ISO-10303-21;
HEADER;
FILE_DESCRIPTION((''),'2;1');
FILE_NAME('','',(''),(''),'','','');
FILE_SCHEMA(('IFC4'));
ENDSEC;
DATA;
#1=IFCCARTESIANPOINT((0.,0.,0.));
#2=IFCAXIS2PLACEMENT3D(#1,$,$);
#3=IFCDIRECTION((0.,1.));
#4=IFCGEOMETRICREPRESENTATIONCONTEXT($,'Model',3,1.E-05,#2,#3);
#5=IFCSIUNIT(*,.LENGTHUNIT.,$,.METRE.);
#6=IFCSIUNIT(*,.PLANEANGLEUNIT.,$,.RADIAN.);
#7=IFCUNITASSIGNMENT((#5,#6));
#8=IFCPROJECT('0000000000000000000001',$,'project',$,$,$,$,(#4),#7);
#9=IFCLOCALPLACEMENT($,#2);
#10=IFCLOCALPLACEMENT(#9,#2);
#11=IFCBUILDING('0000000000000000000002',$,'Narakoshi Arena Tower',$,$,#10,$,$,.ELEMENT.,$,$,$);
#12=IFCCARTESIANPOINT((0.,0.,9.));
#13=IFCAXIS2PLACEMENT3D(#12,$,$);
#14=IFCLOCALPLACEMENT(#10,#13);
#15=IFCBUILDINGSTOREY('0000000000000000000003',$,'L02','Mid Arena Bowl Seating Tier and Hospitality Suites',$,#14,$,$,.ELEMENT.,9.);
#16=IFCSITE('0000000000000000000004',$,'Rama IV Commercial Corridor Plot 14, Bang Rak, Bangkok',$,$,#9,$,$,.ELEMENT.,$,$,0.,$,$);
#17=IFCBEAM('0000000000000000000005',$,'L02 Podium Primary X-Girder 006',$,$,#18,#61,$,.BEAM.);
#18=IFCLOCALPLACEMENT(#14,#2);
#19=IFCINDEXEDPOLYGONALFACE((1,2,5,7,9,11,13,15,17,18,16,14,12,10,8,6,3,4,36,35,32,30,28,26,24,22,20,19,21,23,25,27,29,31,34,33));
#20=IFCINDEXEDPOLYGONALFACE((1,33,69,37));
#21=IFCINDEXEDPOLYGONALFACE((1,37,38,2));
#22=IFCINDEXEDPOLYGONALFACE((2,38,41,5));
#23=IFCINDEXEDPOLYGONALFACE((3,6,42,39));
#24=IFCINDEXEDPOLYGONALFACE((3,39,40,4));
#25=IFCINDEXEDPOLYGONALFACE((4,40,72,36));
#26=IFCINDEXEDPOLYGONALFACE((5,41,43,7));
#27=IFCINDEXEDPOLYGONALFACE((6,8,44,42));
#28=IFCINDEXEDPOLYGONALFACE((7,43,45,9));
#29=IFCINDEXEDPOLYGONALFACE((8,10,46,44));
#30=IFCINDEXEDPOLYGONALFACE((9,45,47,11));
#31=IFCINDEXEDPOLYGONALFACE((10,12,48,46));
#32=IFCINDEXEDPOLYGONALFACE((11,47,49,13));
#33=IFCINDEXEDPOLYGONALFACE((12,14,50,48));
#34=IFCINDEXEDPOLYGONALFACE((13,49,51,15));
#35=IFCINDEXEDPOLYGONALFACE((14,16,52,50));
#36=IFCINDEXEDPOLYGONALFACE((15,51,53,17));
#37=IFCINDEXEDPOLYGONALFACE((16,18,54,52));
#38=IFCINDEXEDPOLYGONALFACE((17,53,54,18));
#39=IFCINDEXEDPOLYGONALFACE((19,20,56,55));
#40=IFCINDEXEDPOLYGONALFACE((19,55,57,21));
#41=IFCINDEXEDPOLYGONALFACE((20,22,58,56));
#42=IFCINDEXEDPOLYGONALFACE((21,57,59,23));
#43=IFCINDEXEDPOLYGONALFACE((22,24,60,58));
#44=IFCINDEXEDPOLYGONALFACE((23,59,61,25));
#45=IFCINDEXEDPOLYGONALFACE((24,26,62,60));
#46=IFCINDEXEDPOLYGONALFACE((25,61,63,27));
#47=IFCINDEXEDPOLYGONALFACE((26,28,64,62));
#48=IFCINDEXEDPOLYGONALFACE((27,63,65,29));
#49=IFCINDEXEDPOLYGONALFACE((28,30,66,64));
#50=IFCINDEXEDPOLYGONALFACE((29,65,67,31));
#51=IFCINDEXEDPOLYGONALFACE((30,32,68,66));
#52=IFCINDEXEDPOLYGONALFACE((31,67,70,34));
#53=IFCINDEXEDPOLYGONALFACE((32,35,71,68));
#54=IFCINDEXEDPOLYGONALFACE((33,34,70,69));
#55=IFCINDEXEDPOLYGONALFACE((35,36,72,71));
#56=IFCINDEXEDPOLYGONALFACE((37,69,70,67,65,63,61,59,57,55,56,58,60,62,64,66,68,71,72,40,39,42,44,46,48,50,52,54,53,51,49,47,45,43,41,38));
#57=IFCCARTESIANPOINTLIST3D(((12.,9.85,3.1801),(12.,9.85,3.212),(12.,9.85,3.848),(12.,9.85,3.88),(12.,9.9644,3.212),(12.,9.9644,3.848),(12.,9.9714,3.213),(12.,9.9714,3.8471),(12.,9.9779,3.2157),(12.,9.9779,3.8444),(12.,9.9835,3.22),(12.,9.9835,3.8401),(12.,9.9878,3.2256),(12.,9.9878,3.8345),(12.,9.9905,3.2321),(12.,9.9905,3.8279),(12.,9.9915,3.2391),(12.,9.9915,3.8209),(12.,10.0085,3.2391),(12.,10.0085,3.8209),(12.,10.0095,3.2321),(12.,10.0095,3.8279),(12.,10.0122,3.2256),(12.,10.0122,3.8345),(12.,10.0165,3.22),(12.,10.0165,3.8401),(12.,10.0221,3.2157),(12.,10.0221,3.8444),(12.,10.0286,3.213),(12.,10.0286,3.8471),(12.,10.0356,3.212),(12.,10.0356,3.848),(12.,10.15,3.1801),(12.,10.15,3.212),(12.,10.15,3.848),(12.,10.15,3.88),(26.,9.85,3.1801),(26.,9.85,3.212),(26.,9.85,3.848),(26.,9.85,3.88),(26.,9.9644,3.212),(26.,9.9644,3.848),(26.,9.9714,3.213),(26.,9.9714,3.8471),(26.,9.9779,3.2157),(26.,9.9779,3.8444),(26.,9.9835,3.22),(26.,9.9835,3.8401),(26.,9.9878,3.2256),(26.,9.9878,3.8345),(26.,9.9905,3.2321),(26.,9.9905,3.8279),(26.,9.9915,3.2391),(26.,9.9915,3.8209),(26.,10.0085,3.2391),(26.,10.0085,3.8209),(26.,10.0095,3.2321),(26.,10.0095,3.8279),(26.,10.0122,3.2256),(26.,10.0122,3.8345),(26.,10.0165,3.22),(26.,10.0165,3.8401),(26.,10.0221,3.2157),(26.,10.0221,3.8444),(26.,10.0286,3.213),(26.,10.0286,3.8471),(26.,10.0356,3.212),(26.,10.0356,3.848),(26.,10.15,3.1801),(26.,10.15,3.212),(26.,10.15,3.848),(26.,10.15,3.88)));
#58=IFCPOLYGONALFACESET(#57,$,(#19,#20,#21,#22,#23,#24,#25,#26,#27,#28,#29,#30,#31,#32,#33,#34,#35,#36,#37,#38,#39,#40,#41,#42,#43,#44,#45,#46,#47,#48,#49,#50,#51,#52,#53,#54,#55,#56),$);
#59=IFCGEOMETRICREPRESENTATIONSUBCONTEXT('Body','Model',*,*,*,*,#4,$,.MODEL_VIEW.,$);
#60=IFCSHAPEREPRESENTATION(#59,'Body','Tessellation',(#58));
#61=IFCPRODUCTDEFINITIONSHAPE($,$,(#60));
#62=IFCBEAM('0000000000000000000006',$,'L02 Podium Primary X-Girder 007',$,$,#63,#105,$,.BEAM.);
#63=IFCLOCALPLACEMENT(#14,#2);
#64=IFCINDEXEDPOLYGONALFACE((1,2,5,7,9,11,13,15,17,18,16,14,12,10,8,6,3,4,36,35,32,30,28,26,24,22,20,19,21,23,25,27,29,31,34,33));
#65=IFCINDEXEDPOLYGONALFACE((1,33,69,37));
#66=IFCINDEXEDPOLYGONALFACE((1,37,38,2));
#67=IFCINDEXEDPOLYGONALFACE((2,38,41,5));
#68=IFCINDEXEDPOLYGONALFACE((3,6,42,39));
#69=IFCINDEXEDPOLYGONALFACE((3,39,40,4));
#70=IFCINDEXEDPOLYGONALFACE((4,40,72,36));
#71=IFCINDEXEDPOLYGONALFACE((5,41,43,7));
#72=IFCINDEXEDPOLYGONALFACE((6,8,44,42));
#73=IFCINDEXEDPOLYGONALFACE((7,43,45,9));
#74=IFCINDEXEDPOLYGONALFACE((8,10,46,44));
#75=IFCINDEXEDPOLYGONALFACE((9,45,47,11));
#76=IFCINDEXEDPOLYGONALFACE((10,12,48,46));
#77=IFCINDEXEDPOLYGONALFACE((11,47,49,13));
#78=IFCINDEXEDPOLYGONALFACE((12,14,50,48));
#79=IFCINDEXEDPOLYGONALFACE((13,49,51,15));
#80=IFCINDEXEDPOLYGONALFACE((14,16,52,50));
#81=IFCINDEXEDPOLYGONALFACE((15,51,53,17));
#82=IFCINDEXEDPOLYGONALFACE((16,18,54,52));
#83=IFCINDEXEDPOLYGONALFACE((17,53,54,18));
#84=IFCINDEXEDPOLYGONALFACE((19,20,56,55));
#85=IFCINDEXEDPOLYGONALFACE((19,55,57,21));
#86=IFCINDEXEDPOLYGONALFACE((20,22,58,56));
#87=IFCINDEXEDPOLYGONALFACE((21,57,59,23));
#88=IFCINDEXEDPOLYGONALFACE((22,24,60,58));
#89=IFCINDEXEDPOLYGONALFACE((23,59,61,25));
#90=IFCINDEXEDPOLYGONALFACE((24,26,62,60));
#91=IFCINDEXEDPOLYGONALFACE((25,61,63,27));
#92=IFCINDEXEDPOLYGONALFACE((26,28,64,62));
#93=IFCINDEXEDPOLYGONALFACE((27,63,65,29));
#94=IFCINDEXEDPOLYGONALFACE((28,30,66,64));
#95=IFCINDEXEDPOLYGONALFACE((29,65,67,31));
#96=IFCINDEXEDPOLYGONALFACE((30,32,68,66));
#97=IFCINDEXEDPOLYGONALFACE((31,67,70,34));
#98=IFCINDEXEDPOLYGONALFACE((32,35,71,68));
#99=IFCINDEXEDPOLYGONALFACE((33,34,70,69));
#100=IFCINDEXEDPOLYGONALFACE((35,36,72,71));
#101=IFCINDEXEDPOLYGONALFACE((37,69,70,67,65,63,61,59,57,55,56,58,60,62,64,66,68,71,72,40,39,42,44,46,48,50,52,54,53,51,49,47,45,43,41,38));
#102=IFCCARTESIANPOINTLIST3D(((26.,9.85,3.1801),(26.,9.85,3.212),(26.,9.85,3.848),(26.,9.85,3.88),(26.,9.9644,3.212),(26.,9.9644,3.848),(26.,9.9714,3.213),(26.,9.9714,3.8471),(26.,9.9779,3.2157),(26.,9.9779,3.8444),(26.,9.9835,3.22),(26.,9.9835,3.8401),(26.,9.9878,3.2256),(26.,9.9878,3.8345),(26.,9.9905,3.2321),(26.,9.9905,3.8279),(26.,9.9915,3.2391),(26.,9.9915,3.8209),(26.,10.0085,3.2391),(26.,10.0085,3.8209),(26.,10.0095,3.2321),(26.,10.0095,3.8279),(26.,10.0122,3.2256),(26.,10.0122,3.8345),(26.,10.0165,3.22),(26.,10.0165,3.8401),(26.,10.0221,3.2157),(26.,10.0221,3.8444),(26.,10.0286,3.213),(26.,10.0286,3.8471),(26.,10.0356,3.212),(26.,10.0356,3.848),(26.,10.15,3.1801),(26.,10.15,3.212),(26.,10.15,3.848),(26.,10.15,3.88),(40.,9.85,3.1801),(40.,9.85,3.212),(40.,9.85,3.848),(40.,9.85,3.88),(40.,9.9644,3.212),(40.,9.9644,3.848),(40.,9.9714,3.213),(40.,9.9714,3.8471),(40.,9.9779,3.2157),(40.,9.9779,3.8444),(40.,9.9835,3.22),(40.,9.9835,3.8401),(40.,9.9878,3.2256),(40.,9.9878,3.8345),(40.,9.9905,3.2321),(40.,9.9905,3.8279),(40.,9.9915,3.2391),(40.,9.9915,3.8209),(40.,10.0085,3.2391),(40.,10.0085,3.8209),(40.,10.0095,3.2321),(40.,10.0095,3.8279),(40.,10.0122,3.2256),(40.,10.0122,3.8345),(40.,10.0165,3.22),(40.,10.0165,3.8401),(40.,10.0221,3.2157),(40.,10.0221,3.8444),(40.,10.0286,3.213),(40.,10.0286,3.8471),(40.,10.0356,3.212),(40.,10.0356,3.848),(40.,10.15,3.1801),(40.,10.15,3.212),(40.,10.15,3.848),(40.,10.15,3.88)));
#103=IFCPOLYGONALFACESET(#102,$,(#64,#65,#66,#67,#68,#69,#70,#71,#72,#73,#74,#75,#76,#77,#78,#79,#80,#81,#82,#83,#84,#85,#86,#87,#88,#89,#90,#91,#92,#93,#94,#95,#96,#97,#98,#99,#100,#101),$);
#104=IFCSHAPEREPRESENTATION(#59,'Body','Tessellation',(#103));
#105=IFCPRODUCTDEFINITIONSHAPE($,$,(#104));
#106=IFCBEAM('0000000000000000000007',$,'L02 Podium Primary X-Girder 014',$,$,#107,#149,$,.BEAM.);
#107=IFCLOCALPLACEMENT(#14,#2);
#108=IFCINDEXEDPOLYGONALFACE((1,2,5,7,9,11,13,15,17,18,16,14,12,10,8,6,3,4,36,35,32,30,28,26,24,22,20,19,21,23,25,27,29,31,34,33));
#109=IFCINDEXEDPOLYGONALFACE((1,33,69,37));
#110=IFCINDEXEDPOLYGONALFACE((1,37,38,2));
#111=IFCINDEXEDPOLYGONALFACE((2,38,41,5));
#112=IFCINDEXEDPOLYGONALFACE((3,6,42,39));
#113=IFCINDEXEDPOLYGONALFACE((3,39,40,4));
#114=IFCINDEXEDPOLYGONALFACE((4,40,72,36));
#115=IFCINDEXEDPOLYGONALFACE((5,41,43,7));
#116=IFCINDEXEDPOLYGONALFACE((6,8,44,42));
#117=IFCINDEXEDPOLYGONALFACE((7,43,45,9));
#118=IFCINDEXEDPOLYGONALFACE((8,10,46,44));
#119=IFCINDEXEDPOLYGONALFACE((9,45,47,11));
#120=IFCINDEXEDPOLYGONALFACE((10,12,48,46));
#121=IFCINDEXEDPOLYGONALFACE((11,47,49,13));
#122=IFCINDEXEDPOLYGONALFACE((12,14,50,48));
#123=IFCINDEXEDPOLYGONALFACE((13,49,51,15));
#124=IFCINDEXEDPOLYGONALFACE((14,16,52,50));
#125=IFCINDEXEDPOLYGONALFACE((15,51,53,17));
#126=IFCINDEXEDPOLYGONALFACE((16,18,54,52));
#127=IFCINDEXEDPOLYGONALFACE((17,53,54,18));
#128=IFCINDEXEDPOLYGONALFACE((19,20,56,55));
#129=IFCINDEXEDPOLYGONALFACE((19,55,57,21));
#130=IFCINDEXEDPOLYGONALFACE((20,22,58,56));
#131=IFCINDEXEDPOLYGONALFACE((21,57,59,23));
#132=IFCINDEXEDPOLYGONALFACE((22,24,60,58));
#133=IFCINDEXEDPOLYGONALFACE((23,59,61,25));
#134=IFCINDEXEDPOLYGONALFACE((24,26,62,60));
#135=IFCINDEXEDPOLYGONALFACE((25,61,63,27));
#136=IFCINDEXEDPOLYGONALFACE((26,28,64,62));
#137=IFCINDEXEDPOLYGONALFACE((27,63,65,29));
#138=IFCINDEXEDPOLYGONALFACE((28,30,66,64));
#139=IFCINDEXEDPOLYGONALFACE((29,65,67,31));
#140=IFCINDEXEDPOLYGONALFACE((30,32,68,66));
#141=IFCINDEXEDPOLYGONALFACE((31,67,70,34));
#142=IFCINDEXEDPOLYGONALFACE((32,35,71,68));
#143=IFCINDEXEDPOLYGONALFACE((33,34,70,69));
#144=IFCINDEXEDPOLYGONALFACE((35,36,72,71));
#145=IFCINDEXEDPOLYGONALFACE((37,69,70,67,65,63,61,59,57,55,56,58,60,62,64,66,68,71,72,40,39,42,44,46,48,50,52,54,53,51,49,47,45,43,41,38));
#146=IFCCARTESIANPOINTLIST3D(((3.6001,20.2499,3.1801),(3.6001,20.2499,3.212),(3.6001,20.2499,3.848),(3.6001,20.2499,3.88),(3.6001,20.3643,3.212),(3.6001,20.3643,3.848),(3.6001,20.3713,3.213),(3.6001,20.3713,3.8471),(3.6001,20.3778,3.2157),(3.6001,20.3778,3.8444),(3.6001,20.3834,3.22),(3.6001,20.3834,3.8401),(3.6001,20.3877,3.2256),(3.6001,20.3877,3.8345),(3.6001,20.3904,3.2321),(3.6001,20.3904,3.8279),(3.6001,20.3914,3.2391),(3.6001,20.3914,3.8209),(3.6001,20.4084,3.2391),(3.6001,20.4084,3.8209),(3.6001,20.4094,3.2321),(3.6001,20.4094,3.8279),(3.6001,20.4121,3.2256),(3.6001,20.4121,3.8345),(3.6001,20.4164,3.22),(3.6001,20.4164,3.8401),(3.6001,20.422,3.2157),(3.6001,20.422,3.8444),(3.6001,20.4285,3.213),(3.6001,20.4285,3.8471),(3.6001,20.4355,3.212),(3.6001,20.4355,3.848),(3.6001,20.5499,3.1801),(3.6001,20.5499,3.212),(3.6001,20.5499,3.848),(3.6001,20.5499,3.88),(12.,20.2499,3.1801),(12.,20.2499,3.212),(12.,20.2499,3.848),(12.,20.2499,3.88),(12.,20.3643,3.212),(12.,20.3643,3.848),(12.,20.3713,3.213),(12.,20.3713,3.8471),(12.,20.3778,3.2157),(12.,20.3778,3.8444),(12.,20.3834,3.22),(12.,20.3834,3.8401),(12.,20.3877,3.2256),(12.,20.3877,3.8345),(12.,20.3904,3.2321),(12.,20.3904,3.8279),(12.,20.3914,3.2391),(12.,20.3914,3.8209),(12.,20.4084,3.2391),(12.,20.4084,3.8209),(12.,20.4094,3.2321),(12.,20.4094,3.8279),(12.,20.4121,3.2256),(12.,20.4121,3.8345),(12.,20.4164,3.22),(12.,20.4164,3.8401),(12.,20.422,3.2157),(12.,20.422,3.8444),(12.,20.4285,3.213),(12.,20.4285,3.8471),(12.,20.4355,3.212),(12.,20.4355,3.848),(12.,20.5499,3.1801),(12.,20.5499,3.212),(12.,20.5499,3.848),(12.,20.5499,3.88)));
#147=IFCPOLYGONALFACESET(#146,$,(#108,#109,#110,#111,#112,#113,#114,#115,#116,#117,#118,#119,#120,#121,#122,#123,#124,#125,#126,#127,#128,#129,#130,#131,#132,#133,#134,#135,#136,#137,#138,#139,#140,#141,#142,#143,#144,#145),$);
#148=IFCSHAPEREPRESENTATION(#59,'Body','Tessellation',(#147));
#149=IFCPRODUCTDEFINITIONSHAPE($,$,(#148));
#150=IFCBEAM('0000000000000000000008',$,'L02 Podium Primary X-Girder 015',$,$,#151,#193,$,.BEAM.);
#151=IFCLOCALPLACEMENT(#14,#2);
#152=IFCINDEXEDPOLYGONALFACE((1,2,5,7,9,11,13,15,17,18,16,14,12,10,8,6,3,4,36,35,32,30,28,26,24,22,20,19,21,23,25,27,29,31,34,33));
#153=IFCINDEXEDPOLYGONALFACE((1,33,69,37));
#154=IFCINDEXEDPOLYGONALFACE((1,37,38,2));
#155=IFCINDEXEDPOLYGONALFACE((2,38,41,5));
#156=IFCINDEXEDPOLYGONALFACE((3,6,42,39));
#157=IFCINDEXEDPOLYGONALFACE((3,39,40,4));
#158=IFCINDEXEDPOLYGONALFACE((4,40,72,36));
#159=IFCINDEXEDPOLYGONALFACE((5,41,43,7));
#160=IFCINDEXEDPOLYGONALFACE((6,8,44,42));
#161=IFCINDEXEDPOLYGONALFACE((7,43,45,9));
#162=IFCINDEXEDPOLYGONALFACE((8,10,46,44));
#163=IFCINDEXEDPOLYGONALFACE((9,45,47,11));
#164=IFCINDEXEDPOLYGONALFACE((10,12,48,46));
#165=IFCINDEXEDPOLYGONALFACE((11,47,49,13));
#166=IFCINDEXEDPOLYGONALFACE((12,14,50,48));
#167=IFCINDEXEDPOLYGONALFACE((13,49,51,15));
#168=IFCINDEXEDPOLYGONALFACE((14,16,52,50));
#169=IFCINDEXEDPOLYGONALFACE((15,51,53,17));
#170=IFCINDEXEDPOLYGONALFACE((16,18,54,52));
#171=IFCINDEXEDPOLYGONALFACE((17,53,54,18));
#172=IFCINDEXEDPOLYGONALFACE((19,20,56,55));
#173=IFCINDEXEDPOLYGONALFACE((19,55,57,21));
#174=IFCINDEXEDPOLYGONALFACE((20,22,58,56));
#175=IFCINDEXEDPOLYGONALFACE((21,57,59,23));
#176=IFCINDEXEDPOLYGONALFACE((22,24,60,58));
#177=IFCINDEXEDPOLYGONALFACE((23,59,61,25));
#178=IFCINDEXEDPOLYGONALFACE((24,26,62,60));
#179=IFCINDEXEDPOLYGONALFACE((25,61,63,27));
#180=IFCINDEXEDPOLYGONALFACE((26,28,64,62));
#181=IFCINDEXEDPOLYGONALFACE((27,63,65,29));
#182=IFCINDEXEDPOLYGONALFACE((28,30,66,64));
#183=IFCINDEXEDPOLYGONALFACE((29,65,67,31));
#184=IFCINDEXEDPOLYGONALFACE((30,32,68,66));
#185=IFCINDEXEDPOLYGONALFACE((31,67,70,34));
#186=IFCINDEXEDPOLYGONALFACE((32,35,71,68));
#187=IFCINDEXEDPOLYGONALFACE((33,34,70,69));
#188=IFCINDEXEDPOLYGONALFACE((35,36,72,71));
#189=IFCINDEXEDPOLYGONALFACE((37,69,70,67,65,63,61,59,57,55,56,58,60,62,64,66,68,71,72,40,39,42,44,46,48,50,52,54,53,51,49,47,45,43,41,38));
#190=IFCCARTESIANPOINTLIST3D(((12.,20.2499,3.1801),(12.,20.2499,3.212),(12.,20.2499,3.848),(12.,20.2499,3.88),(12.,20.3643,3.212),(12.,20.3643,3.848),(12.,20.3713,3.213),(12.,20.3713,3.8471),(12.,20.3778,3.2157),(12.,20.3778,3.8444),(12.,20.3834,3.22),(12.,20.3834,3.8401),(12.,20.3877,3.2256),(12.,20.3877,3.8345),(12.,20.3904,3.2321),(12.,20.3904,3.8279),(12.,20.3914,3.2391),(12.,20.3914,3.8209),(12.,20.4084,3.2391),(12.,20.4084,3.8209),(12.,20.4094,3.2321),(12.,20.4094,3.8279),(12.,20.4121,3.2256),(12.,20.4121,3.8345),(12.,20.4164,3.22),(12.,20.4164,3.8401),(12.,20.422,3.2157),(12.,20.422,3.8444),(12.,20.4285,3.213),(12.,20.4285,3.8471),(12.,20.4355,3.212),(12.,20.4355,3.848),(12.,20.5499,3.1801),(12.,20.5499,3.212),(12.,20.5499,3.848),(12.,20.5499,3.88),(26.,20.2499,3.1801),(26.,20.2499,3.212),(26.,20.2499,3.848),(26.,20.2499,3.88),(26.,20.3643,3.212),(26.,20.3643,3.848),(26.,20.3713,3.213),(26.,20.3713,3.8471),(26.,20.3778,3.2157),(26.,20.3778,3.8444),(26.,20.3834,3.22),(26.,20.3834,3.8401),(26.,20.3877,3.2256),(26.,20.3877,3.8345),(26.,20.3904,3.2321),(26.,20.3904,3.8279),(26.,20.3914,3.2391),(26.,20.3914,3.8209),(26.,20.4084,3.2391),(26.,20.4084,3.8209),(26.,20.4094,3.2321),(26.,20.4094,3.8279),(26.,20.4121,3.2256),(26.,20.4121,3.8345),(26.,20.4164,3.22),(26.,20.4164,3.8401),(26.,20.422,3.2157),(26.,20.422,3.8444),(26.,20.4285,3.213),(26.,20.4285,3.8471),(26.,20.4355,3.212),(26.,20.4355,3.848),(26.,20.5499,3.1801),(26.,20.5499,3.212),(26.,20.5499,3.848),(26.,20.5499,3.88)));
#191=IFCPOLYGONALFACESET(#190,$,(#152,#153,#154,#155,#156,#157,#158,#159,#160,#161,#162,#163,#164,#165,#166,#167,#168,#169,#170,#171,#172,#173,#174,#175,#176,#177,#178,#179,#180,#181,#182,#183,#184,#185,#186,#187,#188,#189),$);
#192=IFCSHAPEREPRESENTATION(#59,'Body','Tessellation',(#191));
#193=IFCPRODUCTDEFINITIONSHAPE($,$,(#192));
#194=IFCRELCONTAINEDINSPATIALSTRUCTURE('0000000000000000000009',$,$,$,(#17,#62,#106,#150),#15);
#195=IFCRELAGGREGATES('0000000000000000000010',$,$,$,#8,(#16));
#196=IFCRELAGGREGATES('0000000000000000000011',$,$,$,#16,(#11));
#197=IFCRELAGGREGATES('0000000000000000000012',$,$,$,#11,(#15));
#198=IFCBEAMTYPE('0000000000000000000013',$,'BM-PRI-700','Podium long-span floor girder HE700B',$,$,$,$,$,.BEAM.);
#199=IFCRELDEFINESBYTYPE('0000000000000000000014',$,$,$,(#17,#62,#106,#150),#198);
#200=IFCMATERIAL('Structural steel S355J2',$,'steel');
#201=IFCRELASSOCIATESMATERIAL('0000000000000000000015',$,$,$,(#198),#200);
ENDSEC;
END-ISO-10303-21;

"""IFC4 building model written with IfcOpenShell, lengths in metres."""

from ifc_helpers import new_model, si_unit, direction, frame, origin, origin_2d, place, context, subcontext, project, spatial, i_section, extrude, material, material_profile, profile_set, type_object, element, save


model = new_model("IFC4")

# Units and contexts
model_context = context("Model", 3, precision=1e-05, world=origin(), true_north=direction((0.0, 1.0)))
body_context = subcontext(model_context, "Body", "Model", "MODEL_VIEW")
ifc_project = project(units=[si_unit("LENGTHUNIT", "METRE"), si_unit("PLANEANGLEUNIT", "RADIAN")], contexts=[model_context])

# Site, building, storey
site_placement = place(None, origin())
site = spatial("IfcSite", under=ifc_project, at=site_placement, Name="Rama IV Commercial Corridor Plot 14, Bang Rak, Bangkok", CompositionType="ELEMENT", RefElevation=0.0)
building_placement = place(site_placement, origin())
building = spatial("IfcBuilding", under=site, at=building_placement, Name="Narakoshi Arena Tower", CompositionType="ELEMENT")
storey_placement = place(building_placement, frame((0.0, 0.0, 9.0)))
storey = spatial("IfcBuildingStorey", under=building, at=storey_placement, Name="L02", Description="Mid Arena Bowl Seating Tier and Hospitality Suites", CompositionType="ELEMENT", Elevation=9.0)

# Beams
ifc_material_1 = material(Name="Structural steel S355J2", Category="steel")
ifc_material_profile_1 = material_profile(ifc_material_1, i_section(OverallWidth=0.3, OverallDepth=0.7, WebThickness=0.0171, FlangeThickness=0.032, FilletRadius=0.0271, at=origin_2d()), Name="HE700B")
ifc_profile_set_1 = profile_set([ifc_material_profile_1], Name="Structural steel S355J2")
beam_type_1 = type_object("IfcBeamType", Name="BM-PRI-700", Description="Podium long-span floor girder HE700B", PredefinedType="BEAM", material=ifc_profile_set_1)
for number, where, z_axis, x_axis, name in (
    (1, (12.0, 10.0, 3.53), (1.0, 0.0, 0.0), (0.0, 1.0, 0.0), "L02 Podium Primary X-Girder 006"),
    (2, (26.0, 10.0, 3.53), (1.0, 0.0, 0.0), (0.0, 1.0, 0.0), "L02 Podium Primary X-Girder 007"),
):
    element("IfcBeam", number, at=place(storey_placement, frame(where, z_axis=z_axis, x_axis=x_axis)), inside=storey, type_object=beam_type_1, Name=name, PredefinedType="BEAM", context=body_context, shape_type="SweptSolid", body=[
        extrude(i_section(OverallWidth=0.3, OverallDepth=0.7, WebThickness=0.0171, FlangeThickness=0.032, FilletRadius=0.0271, at=origin_2d()), origin(), (0.0, 0.0, 1.0), 14.0),
    ])
beam_1_placement = place(storey_placement, frame((3.6001, 20.3999, 3.53), z_axis=(1.0, 0.0, 0.0), x_axis=(0.0, 1.0, 0.0)))
element("IfcBeam", 3, at=beam_1_placement, inside=storey, type_object=beam_type_1, Name="L02 Podium Primary X-Girder 014", PredefinedType="BEAM", context=body_context, shape_type="SweptSolid", body=[
    extrude(i_section(OverallWidth=0.3, OverallDepth=0.7, WebThickness=0.0171, FlangeThickness=0.032, FilletRadius=0.0271, at=origin_2d()), origin(), (0.0, 0.0, 1.0), 8.3999),
])
beam_2_placement = place(storey_placement, frame((12.0, 20.3999, 3.53), z_axis=(1.0, 0.0, 0.0), x_axis=(0.0, 1.0, 0.0)))
element("IfcBeam", 4, at=beam_2_placement, inside=storey, type_object=beam_type_1, Name="L02 Podium Primary X-Girder 015", PredefinedType="BEAM", context=body_context, shape_type="SweptSolid", body=[
    extrude(i_section(OverallWidth=0.3, OverallDepth=0.7, WebThickness=0.0171, FlangeThickness=0.032, FilletRadius=0.0271, at=origin_2d()), origin(), (0.0, 0.0, 1.0), 14.0),
])

save(model, "model.ifc")
